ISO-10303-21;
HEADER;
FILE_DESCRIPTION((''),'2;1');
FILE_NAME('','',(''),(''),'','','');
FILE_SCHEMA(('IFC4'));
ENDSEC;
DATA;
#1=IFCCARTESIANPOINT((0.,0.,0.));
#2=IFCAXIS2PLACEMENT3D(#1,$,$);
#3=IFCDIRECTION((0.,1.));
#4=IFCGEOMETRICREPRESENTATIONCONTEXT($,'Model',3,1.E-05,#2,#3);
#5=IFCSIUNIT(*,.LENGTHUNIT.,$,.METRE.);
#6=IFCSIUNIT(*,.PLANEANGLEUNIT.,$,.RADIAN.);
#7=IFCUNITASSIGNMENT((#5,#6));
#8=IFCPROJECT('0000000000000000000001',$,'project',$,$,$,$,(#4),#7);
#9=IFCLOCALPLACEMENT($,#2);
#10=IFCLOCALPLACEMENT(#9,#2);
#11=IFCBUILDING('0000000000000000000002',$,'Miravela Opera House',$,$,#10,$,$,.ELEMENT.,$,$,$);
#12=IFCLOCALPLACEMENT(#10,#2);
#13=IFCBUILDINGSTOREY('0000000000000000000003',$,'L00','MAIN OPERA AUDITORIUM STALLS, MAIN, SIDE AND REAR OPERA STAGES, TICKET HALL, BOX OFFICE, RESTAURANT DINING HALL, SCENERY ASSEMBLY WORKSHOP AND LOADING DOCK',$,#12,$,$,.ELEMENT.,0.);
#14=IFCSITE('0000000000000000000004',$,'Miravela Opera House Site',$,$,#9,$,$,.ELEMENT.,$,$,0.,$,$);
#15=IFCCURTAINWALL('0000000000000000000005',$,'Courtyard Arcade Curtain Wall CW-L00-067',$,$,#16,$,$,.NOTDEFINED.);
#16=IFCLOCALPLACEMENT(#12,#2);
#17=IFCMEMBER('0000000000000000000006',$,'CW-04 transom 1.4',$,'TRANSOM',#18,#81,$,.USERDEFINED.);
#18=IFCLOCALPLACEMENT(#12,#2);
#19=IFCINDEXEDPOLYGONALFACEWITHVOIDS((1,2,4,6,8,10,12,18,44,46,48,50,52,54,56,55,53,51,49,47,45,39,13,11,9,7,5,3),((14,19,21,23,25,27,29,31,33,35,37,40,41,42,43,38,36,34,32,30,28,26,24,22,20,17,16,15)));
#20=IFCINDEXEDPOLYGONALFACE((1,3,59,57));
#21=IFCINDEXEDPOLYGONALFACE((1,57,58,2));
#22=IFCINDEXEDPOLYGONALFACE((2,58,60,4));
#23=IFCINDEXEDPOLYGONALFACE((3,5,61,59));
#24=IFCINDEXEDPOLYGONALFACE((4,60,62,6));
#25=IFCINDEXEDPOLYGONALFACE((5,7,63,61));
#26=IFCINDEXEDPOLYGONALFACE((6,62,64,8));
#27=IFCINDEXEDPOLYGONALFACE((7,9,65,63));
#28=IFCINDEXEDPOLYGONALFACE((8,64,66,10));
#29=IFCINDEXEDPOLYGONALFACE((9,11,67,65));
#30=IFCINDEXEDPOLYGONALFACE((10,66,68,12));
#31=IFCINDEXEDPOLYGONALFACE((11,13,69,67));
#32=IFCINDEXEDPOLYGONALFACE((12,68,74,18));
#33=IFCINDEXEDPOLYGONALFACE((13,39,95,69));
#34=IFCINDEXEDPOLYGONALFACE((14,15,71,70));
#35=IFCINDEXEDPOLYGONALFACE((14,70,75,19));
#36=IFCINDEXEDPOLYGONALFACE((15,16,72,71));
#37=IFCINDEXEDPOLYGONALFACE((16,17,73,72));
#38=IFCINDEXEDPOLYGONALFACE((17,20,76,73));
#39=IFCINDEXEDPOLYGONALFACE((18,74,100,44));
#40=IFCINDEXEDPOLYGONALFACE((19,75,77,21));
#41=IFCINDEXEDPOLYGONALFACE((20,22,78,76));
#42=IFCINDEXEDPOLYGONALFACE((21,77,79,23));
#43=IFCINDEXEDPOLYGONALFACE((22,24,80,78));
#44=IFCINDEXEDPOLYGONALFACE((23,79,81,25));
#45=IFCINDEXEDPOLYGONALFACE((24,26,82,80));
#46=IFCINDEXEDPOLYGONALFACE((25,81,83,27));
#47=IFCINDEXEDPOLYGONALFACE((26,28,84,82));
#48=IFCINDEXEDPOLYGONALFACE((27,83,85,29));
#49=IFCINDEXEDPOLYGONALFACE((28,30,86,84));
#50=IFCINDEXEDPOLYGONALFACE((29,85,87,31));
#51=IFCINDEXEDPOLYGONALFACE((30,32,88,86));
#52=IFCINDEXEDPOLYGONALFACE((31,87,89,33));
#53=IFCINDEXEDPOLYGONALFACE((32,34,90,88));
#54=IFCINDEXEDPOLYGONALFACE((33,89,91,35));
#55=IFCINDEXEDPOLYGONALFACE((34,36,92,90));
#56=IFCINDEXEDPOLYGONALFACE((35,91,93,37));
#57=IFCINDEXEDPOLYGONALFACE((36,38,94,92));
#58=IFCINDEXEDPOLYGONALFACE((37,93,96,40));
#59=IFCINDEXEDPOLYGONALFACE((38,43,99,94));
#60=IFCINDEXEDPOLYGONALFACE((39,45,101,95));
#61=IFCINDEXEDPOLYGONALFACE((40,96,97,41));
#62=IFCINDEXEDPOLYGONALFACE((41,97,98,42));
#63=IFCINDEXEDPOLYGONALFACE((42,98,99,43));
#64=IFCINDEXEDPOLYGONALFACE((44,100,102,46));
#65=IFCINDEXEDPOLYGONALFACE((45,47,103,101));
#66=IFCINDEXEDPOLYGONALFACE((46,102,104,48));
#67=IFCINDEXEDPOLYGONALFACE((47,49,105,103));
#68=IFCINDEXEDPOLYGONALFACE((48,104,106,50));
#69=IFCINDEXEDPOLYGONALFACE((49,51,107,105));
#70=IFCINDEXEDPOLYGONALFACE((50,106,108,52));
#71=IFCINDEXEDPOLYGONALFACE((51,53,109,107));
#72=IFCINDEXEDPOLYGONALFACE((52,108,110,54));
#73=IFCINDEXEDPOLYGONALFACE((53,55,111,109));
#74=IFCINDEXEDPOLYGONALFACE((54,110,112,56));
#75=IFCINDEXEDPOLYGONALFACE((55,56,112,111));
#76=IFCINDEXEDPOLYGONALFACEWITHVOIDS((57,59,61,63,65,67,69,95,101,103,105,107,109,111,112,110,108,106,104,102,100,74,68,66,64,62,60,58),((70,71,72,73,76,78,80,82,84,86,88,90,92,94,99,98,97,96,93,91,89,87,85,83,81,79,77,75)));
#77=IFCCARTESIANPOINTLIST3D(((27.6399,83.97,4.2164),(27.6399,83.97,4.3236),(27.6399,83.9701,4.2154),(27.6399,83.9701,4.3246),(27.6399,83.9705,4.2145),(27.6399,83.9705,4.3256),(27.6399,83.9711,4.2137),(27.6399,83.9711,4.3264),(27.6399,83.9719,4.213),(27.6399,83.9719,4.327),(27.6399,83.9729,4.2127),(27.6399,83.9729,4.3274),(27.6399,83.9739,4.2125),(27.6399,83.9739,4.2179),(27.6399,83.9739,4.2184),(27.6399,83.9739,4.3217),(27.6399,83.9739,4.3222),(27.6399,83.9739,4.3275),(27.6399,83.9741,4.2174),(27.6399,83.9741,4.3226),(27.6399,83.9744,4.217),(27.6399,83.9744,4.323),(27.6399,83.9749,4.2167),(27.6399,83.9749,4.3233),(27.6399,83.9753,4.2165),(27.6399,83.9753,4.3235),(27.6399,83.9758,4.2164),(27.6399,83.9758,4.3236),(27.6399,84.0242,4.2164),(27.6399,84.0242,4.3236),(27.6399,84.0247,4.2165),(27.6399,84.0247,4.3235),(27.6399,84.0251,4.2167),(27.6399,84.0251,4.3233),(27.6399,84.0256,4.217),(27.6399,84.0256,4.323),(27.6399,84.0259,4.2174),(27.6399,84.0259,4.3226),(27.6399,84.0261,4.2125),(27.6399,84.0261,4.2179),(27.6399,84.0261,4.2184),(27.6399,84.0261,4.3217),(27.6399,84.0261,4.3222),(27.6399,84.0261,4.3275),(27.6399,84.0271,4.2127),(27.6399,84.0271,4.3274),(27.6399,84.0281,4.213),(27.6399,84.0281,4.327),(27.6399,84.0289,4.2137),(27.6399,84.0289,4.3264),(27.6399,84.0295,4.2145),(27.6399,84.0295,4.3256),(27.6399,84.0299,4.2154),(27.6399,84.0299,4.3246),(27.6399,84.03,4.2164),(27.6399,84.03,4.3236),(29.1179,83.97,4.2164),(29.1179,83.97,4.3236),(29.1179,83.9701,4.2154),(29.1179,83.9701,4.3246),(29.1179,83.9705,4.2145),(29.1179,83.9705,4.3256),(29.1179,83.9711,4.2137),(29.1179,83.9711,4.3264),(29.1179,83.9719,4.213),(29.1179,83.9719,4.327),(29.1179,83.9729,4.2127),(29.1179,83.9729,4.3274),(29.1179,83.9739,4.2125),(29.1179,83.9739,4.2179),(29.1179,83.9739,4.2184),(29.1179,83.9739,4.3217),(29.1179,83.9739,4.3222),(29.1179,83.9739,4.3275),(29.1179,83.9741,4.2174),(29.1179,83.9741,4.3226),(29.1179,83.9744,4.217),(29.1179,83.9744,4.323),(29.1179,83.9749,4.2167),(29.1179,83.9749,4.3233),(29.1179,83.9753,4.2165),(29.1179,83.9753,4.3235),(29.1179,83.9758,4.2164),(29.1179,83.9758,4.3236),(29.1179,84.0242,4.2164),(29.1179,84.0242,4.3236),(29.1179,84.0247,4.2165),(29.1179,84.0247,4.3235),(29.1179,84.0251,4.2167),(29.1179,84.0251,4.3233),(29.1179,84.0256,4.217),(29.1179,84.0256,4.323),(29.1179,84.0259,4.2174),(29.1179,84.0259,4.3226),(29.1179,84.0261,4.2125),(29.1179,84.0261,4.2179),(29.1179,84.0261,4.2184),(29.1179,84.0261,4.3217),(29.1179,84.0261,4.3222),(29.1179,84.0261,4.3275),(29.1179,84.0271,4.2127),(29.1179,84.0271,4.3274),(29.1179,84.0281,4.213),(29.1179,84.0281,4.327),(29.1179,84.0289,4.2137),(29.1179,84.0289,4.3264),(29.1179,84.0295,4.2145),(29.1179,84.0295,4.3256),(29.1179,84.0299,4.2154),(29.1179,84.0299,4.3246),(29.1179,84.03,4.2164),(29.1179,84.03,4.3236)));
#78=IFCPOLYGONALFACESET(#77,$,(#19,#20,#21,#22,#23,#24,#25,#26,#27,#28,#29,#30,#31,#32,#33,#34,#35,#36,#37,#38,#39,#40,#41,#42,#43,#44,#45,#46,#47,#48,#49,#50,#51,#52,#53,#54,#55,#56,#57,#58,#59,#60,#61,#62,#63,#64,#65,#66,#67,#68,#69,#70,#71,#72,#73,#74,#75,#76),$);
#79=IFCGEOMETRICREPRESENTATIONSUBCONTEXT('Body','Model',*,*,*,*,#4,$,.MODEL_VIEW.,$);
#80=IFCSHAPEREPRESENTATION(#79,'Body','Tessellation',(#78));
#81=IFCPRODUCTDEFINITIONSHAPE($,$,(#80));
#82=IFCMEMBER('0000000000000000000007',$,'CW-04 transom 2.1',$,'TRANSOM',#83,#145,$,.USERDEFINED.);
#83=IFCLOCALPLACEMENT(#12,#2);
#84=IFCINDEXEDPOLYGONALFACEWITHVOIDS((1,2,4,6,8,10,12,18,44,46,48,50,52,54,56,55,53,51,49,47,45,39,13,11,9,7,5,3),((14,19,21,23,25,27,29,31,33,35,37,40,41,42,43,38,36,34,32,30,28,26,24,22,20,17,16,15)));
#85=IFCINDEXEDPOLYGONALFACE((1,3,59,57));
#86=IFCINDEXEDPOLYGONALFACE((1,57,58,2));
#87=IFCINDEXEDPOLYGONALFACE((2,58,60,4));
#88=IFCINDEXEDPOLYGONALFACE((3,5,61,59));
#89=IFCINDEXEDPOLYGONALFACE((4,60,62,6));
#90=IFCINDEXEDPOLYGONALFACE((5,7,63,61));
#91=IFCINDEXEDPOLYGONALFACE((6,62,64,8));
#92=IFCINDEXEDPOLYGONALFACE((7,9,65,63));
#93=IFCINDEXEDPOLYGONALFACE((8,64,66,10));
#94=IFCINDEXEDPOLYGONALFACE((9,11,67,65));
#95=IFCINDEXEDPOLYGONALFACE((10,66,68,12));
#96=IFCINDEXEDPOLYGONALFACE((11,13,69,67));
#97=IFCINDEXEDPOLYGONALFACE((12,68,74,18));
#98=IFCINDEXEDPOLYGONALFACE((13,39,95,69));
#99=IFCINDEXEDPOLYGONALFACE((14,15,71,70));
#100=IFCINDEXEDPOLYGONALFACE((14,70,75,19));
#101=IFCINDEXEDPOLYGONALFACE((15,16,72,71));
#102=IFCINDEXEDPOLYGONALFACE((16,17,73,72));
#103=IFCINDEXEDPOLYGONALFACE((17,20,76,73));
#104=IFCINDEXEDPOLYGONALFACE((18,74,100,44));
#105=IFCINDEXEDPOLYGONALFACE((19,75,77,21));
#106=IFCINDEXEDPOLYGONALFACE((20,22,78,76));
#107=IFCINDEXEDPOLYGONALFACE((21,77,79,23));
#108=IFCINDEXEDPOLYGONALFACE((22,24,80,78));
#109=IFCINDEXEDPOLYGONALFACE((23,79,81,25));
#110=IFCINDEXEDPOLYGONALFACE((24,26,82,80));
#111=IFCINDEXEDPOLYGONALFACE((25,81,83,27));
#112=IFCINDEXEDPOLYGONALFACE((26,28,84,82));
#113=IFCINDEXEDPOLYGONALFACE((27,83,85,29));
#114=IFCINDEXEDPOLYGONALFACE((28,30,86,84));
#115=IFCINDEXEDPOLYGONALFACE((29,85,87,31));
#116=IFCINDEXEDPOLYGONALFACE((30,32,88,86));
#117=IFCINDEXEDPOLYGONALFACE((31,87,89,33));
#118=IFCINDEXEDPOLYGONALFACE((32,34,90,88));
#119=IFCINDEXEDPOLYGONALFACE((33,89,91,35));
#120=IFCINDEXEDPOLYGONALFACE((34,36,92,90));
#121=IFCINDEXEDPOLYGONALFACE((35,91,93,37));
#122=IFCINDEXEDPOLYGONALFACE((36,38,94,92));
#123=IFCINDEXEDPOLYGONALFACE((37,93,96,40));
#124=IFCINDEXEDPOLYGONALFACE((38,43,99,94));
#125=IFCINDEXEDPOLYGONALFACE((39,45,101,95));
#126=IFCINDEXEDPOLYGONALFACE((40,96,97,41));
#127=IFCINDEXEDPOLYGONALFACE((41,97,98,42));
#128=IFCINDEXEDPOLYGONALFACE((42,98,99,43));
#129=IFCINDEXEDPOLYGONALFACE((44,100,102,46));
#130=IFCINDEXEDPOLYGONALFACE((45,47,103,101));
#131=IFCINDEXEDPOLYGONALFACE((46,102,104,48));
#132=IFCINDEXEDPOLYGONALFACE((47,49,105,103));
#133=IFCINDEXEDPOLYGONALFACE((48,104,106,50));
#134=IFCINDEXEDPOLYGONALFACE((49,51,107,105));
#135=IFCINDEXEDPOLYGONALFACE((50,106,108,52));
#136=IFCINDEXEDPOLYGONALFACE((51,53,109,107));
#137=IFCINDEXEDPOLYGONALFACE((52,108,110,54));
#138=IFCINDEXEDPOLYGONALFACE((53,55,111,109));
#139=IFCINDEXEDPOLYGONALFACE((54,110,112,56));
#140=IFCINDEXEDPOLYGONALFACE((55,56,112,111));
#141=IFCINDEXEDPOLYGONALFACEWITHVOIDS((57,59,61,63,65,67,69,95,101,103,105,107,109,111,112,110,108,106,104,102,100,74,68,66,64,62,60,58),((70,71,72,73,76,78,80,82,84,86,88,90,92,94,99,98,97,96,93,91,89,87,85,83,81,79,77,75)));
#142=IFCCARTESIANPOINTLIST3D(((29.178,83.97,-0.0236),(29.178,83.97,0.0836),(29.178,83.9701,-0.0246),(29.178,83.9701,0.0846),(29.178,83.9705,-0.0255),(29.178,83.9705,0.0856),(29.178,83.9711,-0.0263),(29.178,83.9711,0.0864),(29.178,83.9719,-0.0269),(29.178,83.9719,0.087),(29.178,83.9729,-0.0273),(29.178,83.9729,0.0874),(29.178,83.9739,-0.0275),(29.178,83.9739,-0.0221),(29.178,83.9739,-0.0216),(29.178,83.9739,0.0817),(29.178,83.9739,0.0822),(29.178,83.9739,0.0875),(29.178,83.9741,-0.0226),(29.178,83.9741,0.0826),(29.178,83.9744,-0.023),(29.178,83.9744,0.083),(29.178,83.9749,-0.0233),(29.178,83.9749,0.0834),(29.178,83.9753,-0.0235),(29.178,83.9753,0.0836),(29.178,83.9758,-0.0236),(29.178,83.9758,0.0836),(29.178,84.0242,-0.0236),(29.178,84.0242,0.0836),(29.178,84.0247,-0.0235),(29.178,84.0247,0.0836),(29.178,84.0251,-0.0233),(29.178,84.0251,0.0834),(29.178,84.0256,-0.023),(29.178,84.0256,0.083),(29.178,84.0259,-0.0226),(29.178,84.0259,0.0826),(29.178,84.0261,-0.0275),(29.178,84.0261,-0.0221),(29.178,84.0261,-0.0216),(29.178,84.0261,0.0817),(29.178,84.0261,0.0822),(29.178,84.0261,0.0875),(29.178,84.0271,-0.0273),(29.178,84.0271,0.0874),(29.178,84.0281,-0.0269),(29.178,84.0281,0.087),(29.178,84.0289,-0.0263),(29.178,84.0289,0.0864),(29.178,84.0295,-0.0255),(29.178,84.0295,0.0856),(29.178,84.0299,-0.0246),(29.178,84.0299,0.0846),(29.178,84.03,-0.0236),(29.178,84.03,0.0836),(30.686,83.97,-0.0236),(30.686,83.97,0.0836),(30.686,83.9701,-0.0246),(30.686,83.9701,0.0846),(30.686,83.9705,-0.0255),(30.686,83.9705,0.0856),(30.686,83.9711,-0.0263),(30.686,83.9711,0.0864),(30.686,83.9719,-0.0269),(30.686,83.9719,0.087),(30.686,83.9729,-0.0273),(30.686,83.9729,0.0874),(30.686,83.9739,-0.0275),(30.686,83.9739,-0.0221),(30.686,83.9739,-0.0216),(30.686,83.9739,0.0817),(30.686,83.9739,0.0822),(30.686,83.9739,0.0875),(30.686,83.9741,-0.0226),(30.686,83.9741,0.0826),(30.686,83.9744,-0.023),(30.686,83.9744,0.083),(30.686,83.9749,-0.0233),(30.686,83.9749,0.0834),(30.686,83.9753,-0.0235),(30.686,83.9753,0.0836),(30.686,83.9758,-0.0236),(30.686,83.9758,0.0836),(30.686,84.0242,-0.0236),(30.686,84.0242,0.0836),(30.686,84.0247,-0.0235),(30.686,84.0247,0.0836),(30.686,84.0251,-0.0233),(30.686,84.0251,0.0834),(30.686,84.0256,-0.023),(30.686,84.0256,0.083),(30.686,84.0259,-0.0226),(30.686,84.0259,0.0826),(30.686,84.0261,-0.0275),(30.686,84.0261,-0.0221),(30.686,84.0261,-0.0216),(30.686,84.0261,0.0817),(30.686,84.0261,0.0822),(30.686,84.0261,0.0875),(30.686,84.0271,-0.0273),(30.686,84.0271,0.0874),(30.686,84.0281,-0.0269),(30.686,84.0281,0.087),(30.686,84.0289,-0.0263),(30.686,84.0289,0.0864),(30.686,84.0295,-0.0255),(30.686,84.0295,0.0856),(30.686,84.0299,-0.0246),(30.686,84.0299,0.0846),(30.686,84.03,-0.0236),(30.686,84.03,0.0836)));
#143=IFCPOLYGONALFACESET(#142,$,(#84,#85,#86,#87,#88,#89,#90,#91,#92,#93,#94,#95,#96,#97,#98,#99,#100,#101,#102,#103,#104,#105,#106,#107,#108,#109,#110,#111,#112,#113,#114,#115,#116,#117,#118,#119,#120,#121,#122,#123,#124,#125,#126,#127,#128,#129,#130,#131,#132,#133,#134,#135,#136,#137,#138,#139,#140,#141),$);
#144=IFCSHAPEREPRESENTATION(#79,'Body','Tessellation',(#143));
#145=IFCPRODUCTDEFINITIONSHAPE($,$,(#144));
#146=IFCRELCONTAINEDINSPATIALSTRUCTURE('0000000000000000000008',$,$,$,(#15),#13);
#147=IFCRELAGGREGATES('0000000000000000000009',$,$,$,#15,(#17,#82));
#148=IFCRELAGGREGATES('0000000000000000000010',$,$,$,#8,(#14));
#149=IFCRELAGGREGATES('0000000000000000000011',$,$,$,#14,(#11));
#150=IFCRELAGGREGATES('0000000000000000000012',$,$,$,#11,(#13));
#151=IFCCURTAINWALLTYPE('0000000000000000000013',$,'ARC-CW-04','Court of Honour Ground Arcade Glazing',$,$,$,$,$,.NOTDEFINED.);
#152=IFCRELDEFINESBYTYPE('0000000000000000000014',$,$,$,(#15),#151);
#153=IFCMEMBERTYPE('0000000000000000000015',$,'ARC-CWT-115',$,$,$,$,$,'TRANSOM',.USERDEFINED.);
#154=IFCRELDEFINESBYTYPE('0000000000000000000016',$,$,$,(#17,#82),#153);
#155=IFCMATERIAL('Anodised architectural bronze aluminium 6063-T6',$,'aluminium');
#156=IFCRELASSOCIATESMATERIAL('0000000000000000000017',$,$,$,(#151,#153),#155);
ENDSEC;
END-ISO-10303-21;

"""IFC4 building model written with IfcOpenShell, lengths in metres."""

from ifc_helpers import new_model, si_unit, direction, frame, origin, origin_2d, place, context, subcontext, project, spatial, hollow_rectangle, extrude, material, material_profile, profile_set, type_object, element, aggregate, save


model = new_model("IFC4")

# Units and contexts
model_context = context("Model", 3, precision=1e-05, world=origin(), true_north=direction((0.0, 1.0)))
body_context = subcontext(model_context, "Body", "Model", "MODEL_VIEW")
ifc_project = project(units=[si_unit("LENGTHUNIT", "METRE"), si_unit("PLANEANGLEUNIT", "RADIAN")], contexts=[model_context])

# Site, building, storey
site_placement = place(None, origin())
site = spatial("IfcSite", under=ifc_project, at=site_placement, Name="Miravela Opera House Site", CompositionType="ELEMENT", RefElevation=0.0)
building_placement = place(site_placement, origin())
building = spatial("IfcBuilding", under=site, at=building_placement, Name="Miravela Opera House", CompositionType="ELEMENT")
storey_placement = place(building_placement, origin())
storey = spatial("IfcBuildingStorey", under=building, at=storey_placement, Name="L00", Description="MAIN OPERA AUDITORIUM STALLS, MAIN, SIDE AND REAR OPERA STAGES, TICKET HALL, BOX OFFICE, RESTAURANT DINING HALL, SCENERY ASSEMBLY WORKSHOP AND LOADING DOCK", CompositionType="ELEMENT", Elevation=0.0)

# Curtain wall, members
ifc_material_1 = material(Name="Anodised architectural bronze aluminium 6063-T6", Category="aluminium")
curtain_wall_type = type_object("IfcCurtainWallType", Name="ARC-CW-04", Description="Court of Honour Ground Arcade Glazing", PredefinedType="NOTDEFINED", material=ifc_material_1)
curtain_wall_placement = place(storey_placement, origin())
curtain_wall = element("IfcCurtainWall", 1, at=curtain_wall_placement, inside=storey, type_object=curtain_wall_type, Name="Courtyard Arcade Curtain Wall CW-L00-067", PredefinedType="NOTDEFINED")
ifc_material_profile_1 = material_profile(ifc_material_1, hollow_rectangle(XDim=0.0601, YDim=0.115, WallThickness=0.0039, InnerFilletRadius=0.002, OuterFilletRadius=0.0039, at=origin_2d()), Name="CWT-60X115")
ifc_profile_set_1 = profile_set([ifc_material_profile_1])
member_type_1 = type_object("IfcMemberType", Name="ARC-CWT-115", ElementType="TRANSOM", PredefinedType="USERDEFINED", material=ifc_profile_set_1)
member_1_placement = place(storey_placement, frame((27.6399, 84.0, 4.27), z_axis=(1.0, 0.0, 0.0), x_axis=(0.0, 1.0, 0.0)))
member_1 = element("IfcMember", 2, at=member_1_placement, type_object=member_type_1, Name="CW-04 transom 1.4", ObjectType="TRANSOM", PredefinedType="USERDEFINED", context=body_context, shape_type="SweptSolid", body=[
    extrude(hollow_rectangle(XDim=0.0601, YDim=0.115, WallThickness=0.0039, InnerFilletRadius=0.002, OuterFilletRadius=0.0039, at=origin_2d()), origin(), (0.0, 0.0, 1.0), 1.478),
])
member_2_placement = place(storey_placement, frame((29.178, 84.0, 0.03), z_axis=(1.0, 0.0, 0.0), x_axis=(0.0, 1.0, 0.0)))
member_2 = element("IfcMember", 3, at=member_2_placement, type_object=member_type_1, Name="CW-04 transom 2.1", ObjectType="TRANSOM", PredefinedType="USERDEFINED", context=body_context, shape_type="SweptSolid", body=[
    extrude(hollow_rectangle(XDim=0.0601, YDim=0.115, WallThickness=0.0039, InnerFilletRadius=0.002, OuterFilletRadius=0.0039, at=origin_2d()), origin(), (0.0, 0.0, 1.0), 1.5081),
])

aggregate(curtain_wall, [member_1, member_2])

save(model, "model.ifc")
